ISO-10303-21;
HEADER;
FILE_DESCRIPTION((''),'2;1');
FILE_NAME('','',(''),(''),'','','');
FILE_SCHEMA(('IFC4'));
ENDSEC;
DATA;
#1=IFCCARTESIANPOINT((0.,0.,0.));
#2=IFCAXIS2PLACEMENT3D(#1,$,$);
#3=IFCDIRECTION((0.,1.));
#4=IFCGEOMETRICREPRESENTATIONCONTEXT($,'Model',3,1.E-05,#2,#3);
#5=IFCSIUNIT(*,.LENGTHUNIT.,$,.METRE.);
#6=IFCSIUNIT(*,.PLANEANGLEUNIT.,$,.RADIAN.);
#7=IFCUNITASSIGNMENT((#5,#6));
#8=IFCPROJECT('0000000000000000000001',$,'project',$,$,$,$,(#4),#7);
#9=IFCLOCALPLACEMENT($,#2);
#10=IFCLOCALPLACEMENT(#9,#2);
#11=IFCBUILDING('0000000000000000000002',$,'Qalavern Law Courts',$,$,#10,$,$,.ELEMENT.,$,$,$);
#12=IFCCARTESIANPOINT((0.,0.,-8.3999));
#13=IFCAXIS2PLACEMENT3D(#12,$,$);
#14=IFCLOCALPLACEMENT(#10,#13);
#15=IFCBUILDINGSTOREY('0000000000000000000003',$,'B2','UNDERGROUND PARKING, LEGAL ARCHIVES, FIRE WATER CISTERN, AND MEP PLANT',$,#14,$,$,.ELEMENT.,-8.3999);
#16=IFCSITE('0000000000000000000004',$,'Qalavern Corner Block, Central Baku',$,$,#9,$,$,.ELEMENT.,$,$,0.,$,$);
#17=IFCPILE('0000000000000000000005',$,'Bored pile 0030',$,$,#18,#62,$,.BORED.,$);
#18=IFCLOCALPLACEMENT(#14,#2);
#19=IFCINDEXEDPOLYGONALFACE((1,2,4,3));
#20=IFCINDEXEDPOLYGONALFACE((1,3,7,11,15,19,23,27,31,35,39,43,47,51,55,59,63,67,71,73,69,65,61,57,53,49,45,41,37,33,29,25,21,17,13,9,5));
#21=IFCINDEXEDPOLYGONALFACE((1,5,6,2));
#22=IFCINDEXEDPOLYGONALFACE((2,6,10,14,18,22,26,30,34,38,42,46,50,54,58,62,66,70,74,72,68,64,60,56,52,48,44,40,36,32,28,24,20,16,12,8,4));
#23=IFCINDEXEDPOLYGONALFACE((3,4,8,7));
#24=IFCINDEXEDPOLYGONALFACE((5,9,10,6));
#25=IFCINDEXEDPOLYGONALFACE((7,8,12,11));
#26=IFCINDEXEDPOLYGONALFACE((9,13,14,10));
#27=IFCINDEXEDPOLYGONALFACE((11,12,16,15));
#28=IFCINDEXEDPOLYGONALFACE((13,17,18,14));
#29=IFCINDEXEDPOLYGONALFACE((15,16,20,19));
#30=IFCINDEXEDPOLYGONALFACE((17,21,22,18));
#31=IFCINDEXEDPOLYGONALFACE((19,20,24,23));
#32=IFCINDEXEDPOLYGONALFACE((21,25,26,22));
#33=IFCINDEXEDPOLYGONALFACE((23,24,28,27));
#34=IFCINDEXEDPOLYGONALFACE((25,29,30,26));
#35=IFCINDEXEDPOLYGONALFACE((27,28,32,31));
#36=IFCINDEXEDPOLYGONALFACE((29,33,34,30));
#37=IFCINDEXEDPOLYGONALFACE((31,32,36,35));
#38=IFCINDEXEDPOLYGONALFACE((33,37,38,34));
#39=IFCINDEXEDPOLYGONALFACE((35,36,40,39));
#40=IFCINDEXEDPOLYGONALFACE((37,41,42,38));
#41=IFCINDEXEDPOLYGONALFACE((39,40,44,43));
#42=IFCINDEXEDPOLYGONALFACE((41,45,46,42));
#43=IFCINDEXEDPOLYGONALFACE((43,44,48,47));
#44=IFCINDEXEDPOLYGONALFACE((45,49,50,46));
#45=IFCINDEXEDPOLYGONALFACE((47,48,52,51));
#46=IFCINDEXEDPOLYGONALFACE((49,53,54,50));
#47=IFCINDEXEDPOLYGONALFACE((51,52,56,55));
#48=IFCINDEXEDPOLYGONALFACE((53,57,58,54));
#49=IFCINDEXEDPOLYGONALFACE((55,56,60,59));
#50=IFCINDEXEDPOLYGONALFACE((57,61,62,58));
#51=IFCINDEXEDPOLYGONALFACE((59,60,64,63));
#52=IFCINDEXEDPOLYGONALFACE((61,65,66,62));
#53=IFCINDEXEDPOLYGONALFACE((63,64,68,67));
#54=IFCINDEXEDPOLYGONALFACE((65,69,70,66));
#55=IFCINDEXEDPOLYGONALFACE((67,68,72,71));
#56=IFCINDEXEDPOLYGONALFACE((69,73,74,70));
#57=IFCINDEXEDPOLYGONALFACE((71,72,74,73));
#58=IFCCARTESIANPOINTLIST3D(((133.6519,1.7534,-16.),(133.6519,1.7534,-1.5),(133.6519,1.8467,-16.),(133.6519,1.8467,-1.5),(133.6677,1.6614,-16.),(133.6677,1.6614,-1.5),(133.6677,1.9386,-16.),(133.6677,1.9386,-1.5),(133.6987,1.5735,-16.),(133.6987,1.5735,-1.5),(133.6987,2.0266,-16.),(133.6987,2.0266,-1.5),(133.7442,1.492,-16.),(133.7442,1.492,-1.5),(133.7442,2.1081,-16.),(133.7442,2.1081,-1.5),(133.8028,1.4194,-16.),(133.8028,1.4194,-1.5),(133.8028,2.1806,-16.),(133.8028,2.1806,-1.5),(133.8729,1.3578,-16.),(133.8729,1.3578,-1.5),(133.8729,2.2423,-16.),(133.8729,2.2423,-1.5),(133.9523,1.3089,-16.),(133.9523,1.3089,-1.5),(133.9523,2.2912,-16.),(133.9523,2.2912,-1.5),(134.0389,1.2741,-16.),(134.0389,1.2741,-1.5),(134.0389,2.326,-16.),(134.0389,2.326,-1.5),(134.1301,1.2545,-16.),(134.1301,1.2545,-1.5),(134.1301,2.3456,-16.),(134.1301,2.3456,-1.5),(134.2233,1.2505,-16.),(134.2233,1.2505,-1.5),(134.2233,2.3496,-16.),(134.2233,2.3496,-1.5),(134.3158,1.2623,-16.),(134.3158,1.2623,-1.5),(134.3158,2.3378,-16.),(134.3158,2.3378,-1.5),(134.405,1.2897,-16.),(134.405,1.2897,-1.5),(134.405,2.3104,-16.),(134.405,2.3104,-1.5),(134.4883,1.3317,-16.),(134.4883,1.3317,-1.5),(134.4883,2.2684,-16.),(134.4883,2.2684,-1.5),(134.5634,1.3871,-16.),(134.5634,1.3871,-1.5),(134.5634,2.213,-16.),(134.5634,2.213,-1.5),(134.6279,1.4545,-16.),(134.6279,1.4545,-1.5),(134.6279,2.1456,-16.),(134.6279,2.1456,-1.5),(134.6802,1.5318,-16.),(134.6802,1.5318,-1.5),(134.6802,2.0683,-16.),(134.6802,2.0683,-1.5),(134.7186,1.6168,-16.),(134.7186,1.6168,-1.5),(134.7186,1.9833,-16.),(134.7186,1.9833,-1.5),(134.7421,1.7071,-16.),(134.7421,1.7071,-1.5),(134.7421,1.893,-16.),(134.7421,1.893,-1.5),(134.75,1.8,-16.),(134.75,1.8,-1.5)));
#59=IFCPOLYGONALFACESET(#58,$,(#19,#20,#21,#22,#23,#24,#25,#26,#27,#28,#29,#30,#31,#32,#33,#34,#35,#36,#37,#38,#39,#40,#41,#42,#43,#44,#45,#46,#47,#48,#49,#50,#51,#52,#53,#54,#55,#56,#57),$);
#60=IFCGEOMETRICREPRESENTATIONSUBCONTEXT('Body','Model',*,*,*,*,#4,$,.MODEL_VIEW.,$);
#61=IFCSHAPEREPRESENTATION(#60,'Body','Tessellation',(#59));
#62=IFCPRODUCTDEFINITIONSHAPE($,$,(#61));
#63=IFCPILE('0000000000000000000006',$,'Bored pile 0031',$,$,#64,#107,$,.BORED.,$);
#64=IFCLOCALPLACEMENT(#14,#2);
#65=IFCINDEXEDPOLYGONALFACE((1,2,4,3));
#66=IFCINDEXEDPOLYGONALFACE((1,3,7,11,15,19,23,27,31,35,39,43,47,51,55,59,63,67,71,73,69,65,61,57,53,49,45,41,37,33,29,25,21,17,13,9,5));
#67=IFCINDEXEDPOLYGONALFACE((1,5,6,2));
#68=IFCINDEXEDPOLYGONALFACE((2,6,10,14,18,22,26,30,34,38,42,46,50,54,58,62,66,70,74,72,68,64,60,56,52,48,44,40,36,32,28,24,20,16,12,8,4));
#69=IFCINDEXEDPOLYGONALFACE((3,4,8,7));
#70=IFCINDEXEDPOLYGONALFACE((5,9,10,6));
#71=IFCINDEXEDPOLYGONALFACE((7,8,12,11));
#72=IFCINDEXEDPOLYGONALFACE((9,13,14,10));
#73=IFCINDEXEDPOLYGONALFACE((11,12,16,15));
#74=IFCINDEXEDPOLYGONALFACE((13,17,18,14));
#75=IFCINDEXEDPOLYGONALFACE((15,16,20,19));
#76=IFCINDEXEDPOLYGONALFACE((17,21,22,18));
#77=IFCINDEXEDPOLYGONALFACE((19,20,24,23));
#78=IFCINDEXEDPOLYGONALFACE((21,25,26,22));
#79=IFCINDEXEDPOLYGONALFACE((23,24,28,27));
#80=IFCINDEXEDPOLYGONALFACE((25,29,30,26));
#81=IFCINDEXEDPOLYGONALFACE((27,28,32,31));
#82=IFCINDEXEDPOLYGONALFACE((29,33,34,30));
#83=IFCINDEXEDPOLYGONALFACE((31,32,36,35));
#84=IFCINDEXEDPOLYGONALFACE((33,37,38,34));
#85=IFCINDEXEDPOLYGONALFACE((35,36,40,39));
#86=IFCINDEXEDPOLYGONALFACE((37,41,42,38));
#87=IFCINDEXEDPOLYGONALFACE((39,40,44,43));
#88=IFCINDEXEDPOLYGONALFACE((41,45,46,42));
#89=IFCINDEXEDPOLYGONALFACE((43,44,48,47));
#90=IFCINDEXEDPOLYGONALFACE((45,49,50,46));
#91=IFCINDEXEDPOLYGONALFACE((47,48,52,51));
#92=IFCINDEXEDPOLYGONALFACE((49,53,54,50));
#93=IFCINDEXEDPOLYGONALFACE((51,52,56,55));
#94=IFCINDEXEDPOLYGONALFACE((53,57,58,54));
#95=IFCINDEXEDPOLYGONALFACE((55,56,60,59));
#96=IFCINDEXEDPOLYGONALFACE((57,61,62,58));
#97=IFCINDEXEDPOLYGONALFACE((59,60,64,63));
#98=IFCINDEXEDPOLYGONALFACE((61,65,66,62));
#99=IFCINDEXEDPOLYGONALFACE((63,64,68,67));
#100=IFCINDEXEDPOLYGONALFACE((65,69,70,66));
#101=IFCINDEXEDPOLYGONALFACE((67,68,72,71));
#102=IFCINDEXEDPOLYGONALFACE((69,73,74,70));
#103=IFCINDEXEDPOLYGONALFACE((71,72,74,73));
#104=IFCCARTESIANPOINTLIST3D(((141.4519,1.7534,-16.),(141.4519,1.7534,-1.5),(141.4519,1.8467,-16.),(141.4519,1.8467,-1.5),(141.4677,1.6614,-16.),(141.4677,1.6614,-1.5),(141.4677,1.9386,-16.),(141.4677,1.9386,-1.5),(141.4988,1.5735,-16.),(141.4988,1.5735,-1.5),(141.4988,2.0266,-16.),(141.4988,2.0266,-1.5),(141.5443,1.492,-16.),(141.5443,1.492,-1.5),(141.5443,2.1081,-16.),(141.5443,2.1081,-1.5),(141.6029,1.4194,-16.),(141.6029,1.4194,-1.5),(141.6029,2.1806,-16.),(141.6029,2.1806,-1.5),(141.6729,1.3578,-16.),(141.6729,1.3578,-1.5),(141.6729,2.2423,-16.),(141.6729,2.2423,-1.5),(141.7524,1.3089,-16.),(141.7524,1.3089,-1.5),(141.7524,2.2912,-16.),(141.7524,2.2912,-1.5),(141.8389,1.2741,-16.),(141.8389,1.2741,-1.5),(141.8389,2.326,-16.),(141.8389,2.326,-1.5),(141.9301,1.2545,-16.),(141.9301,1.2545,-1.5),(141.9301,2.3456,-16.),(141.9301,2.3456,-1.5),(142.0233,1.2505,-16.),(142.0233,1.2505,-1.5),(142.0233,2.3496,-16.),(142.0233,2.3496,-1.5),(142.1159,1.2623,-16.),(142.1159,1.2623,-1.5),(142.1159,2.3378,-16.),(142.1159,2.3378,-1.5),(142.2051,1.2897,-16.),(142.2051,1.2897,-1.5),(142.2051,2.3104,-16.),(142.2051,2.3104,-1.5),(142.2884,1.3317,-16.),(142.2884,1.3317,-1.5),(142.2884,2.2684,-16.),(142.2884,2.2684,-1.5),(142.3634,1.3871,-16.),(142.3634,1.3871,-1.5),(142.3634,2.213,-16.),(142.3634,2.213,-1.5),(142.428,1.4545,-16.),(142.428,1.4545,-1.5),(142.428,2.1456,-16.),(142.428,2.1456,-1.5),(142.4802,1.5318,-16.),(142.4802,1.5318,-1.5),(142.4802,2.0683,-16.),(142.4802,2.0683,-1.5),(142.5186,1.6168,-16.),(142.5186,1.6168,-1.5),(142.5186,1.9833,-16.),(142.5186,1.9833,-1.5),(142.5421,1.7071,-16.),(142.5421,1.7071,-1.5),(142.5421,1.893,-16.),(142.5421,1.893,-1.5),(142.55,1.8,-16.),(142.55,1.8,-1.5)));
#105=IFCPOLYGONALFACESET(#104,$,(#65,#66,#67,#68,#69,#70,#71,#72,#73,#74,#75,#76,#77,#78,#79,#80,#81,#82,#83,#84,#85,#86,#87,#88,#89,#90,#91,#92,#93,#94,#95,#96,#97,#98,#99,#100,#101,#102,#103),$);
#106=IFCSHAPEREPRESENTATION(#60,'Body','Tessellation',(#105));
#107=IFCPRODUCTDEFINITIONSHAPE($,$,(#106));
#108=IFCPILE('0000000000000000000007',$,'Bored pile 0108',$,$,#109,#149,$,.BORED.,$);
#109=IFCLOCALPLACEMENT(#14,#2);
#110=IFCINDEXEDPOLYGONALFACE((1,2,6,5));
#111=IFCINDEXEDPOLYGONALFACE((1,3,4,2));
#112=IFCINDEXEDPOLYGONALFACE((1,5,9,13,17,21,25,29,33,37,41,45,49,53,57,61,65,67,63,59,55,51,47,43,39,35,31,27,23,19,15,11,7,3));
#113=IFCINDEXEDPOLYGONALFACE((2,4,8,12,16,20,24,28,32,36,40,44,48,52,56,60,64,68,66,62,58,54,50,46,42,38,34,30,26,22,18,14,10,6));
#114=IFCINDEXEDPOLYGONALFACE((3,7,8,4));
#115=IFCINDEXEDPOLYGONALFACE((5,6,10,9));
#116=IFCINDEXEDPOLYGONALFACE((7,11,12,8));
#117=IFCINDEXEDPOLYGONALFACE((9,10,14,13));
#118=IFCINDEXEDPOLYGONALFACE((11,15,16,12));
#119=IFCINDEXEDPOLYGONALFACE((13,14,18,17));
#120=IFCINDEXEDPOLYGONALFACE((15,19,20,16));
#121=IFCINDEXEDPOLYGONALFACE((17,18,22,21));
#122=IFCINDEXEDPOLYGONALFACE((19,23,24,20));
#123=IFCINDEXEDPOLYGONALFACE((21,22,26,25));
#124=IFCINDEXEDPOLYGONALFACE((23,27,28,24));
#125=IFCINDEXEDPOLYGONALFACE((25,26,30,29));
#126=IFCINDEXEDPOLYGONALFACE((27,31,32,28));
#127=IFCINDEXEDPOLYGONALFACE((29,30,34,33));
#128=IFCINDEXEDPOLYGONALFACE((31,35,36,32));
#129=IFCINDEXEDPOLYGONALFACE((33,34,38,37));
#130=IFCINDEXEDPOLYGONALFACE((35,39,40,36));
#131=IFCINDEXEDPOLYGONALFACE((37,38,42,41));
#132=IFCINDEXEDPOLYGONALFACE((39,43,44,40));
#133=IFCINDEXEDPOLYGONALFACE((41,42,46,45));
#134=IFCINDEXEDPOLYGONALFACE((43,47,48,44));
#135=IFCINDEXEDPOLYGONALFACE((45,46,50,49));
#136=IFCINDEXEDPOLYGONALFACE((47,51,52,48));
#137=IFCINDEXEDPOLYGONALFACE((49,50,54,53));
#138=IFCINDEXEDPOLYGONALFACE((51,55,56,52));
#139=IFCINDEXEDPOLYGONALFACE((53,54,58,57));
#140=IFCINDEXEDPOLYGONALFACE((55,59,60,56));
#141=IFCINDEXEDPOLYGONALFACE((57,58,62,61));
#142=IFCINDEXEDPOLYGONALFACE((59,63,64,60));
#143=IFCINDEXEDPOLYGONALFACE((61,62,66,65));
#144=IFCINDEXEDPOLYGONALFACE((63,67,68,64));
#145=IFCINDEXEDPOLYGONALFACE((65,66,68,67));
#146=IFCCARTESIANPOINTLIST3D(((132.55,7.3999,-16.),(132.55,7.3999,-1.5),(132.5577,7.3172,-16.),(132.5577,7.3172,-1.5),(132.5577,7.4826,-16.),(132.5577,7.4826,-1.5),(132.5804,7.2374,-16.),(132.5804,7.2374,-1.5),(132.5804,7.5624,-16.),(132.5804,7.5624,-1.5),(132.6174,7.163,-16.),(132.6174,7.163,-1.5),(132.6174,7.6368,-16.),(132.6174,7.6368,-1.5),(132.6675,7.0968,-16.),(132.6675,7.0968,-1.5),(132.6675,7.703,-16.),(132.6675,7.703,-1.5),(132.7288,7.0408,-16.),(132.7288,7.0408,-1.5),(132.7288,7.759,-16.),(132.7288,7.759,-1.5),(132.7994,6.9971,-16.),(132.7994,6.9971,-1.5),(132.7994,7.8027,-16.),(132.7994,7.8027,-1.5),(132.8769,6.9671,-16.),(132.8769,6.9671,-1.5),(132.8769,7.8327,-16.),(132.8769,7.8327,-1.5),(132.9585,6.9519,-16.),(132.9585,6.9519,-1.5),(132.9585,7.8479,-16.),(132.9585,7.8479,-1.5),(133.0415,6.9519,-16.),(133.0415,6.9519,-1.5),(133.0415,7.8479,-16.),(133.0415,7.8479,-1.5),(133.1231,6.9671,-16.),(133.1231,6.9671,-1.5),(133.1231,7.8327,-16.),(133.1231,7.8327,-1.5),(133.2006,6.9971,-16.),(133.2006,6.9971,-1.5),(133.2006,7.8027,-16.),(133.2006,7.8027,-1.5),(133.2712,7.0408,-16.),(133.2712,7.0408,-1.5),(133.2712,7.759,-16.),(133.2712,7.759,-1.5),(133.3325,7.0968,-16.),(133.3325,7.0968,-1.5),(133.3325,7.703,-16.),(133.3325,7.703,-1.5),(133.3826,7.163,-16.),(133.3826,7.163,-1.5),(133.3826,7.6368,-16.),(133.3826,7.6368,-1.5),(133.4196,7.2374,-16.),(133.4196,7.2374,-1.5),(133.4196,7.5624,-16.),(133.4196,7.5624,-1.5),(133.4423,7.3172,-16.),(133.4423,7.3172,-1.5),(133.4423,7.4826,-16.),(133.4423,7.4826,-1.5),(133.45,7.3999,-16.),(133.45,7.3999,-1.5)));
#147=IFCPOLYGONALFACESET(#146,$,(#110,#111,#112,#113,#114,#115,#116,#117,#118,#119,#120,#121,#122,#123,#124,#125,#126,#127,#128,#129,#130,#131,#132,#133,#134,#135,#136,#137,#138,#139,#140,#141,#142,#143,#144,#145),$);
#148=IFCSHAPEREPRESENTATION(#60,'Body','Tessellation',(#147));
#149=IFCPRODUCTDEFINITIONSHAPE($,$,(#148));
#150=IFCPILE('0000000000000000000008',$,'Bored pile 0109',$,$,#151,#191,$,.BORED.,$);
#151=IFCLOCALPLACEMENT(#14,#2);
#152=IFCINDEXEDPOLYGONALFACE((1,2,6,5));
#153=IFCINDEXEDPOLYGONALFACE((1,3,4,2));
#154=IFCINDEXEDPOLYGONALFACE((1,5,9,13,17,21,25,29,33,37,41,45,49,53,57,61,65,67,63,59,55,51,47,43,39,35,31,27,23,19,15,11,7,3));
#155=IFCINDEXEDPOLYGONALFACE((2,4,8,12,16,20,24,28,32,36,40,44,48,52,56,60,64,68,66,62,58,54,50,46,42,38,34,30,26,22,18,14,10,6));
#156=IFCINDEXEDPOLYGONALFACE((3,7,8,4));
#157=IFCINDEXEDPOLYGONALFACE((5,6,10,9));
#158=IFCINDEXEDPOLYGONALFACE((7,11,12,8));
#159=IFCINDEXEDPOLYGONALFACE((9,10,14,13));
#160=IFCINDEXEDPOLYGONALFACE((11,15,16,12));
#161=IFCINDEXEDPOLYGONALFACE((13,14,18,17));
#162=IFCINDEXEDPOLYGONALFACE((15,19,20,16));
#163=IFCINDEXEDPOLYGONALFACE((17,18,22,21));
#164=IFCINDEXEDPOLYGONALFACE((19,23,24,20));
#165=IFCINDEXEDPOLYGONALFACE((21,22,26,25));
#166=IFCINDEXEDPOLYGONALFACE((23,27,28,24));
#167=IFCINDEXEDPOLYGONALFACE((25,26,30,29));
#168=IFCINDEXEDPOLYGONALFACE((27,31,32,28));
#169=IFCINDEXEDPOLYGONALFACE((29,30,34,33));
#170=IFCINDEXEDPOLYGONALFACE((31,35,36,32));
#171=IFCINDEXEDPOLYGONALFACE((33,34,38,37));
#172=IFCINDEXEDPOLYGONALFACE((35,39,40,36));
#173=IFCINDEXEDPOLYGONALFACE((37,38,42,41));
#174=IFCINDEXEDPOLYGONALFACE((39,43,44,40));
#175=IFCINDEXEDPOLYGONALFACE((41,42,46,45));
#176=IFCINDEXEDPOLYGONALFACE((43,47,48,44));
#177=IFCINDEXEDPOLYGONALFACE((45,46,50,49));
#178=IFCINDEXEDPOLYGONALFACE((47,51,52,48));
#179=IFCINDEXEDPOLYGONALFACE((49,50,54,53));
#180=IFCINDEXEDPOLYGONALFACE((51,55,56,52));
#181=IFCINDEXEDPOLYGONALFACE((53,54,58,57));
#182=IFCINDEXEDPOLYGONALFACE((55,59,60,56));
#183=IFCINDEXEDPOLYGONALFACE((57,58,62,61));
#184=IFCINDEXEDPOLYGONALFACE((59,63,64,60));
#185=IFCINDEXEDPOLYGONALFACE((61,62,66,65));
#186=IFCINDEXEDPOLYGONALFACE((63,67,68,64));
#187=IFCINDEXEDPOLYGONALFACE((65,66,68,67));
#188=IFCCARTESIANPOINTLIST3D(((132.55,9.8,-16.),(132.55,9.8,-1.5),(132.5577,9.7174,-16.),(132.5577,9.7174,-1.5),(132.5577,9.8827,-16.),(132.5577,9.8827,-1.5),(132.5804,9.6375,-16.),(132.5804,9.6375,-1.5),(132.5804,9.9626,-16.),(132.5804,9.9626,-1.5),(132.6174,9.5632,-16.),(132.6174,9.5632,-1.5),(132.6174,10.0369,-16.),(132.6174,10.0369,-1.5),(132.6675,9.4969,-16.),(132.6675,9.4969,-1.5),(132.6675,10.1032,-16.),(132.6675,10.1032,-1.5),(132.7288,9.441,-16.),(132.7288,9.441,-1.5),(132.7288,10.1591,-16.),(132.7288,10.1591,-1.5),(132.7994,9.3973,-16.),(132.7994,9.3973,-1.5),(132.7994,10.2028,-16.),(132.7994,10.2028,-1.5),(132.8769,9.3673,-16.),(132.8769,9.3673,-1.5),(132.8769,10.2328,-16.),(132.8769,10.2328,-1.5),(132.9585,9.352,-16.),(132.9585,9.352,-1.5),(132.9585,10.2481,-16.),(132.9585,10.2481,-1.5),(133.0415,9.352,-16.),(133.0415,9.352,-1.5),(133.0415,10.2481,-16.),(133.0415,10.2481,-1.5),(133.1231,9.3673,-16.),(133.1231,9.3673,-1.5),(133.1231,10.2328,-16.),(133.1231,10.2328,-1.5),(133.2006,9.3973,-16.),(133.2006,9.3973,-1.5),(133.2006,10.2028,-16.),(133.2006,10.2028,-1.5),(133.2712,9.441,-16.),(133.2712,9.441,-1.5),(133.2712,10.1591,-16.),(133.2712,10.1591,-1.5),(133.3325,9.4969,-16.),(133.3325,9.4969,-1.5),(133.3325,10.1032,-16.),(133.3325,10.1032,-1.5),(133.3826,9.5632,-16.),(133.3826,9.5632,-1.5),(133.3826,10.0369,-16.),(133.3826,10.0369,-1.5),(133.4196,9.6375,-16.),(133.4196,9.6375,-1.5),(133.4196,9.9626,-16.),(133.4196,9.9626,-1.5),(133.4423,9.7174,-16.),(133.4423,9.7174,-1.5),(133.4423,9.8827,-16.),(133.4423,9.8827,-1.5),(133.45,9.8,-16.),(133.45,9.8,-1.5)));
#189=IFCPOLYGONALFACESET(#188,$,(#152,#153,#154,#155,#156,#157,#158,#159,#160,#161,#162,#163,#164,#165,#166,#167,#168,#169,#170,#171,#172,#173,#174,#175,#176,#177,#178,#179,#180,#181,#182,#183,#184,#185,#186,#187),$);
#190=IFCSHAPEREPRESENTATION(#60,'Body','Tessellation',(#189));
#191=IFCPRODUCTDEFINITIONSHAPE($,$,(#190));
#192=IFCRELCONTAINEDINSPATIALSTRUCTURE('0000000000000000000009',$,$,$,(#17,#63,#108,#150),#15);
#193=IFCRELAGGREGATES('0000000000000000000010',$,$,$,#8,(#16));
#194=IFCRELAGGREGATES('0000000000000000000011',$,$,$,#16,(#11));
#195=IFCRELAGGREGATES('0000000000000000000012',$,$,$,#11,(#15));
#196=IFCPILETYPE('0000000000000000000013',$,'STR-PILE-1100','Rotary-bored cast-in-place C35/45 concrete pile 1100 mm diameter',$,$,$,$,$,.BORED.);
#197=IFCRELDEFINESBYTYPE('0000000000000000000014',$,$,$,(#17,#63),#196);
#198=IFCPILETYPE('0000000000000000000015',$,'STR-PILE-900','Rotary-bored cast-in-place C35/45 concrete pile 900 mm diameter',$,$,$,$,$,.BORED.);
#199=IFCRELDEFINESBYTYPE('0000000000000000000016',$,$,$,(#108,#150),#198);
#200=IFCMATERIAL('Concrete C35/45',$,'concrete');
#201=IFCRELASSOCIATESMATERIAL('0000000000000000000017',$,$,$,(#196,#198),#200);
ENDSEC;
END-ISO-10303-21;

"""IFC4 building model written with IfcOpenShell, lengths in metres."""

from ifc_helpers import new_model, si_unit, direction, frame, origin, origin_2d, place, context, subcontext, project, spatial, circle, extrude, material, material_profile, profile_set, type_object, element, save


model = new_model("IFC4")

# Units and contexts
model_context = context("Model", 3, precision=1e-05, world=origin(), true_north=direction((0.0, 1.0)))
body_context = subcontext(model_context, "Body", "Model", "MODEL_VIEW")
ifc_project = project(units=[si_unit("LENGTHUNIT", "METRE"), si_unit("PLANEANGLEUNIT", "RADIAN")], contexts=[model_context])

# Site, building, storey
site_placement = place(None, origin())
site = spatial("IfcSite", under=ifc_project, at=site_placement, Name="Qalavern Corner Block, Central Baku", CompositionType="ELEMENT", RefElevation=0.0)
building_placement = place(site_placement, origin())
building = spatial("IfcBuilding", under=site, at=building_placement, Name="Qalavern Law Courts", CompositionType="ELEMENT")
storey_placement = place(building_placement, frame((0.0, 0.0, -8.3999)))
storey = spatial("IfcBuildingStorey", under=building, at=storey_placement, Name="B2", Description="UNDERGROUND PARKING, LEGAL ARCHIVES, FIRE WATER CISTERN, AND MEP PLANT", CompositionType="ELEMENT", Elevation=-8.3999)

# Shared definitions
ifc_material_1 = material(Name="Concrete C35/45", Category="concrete")

# Piles
ifc_material_profile_1 = material_profile(ifc_material_1, circle(Radius=0.55, at=origin_2d()), Name="BORED PILE 1100")
ifc_profile_set_1 = profile_set([ifc_material_profile_1], Name="Concrete C35/45")
pile_type_1 = type_object("IfcPileType", Name="STR-PILE-1100", Description="Rotary-bored cast-in-place C35/45 concrete pile 1100 mm diameter", PredefinedType="BORED", material=ifc_profile_set_1)
for number, where, z_axis, x_axis, name in (
    (1, (134.2, 1.8, -1.5), (0.0, 0.0, -1.0), (1.0, 0.0, 0.0), "Bored pile 0030"),
    (2, (142.0, 1.8, -1.5), (0.0, 0.0, -1.0), (1.0, 0.0, 0.0), "Bored pile 0031"),
):
    element("IfcPile", number, at=place(storey_placement, frame(where, z_axis=z_axis, x_axis=x_axis)), inside=storey, type_object=pile_type_1, Name=name, PredefinedType="BORED", context=body_context, shape_type="SweptSolid", body=[
        extrude(circle(Radius=0.55, at=origin_2d()), origin(), (0.0, 0.0, 1.0), 14.5),
    ])
ifc_material_profile_2 = material_profile(ifc_material_1, circle(Radius=0.45, at=origin_2d()), Name="BORED PILE 900")
ifc_profile_set_2 = profile_set([ifc_material_profile_2], Name="Concrete C35/45")
pile_type_2 = type_object("IfcPileType", Name="STR-PILE-900", Description="Rotary-bored cast-in-place C35/45 concrete pile 900 mm diameter", PredefinedType="BORED", material=ifc_profile_set_2)
for number, where, z_axis, x_axis, name in (
    (3, (133.0, 7.3999, -1.5), (0.0, 0.0, -1.0), (1.0, 0.0, 0.0), "Bored pile 0108"),
    (4, (133.0, 9.8, -1.5), (0.0, 0.0, -1.0), (1.0, 0.0, 0.0), "Bored pile 0109"),
):
    element("IfcPile", number, at=place(storey_placement, frame(where, z_axis=z_axis, x_axis=x_axis)), inside=storey, type_object=pile_type_2, Name=name, PredefinedType="BORED", context=body_context, shape_type="SweptSolid", body=[
        extrude(circle(Radius=0.45, at=origin_2d()), origin(), (0.0, 0.0, 1.0), 14.5),
    ])

save(model, "model.ifc")
